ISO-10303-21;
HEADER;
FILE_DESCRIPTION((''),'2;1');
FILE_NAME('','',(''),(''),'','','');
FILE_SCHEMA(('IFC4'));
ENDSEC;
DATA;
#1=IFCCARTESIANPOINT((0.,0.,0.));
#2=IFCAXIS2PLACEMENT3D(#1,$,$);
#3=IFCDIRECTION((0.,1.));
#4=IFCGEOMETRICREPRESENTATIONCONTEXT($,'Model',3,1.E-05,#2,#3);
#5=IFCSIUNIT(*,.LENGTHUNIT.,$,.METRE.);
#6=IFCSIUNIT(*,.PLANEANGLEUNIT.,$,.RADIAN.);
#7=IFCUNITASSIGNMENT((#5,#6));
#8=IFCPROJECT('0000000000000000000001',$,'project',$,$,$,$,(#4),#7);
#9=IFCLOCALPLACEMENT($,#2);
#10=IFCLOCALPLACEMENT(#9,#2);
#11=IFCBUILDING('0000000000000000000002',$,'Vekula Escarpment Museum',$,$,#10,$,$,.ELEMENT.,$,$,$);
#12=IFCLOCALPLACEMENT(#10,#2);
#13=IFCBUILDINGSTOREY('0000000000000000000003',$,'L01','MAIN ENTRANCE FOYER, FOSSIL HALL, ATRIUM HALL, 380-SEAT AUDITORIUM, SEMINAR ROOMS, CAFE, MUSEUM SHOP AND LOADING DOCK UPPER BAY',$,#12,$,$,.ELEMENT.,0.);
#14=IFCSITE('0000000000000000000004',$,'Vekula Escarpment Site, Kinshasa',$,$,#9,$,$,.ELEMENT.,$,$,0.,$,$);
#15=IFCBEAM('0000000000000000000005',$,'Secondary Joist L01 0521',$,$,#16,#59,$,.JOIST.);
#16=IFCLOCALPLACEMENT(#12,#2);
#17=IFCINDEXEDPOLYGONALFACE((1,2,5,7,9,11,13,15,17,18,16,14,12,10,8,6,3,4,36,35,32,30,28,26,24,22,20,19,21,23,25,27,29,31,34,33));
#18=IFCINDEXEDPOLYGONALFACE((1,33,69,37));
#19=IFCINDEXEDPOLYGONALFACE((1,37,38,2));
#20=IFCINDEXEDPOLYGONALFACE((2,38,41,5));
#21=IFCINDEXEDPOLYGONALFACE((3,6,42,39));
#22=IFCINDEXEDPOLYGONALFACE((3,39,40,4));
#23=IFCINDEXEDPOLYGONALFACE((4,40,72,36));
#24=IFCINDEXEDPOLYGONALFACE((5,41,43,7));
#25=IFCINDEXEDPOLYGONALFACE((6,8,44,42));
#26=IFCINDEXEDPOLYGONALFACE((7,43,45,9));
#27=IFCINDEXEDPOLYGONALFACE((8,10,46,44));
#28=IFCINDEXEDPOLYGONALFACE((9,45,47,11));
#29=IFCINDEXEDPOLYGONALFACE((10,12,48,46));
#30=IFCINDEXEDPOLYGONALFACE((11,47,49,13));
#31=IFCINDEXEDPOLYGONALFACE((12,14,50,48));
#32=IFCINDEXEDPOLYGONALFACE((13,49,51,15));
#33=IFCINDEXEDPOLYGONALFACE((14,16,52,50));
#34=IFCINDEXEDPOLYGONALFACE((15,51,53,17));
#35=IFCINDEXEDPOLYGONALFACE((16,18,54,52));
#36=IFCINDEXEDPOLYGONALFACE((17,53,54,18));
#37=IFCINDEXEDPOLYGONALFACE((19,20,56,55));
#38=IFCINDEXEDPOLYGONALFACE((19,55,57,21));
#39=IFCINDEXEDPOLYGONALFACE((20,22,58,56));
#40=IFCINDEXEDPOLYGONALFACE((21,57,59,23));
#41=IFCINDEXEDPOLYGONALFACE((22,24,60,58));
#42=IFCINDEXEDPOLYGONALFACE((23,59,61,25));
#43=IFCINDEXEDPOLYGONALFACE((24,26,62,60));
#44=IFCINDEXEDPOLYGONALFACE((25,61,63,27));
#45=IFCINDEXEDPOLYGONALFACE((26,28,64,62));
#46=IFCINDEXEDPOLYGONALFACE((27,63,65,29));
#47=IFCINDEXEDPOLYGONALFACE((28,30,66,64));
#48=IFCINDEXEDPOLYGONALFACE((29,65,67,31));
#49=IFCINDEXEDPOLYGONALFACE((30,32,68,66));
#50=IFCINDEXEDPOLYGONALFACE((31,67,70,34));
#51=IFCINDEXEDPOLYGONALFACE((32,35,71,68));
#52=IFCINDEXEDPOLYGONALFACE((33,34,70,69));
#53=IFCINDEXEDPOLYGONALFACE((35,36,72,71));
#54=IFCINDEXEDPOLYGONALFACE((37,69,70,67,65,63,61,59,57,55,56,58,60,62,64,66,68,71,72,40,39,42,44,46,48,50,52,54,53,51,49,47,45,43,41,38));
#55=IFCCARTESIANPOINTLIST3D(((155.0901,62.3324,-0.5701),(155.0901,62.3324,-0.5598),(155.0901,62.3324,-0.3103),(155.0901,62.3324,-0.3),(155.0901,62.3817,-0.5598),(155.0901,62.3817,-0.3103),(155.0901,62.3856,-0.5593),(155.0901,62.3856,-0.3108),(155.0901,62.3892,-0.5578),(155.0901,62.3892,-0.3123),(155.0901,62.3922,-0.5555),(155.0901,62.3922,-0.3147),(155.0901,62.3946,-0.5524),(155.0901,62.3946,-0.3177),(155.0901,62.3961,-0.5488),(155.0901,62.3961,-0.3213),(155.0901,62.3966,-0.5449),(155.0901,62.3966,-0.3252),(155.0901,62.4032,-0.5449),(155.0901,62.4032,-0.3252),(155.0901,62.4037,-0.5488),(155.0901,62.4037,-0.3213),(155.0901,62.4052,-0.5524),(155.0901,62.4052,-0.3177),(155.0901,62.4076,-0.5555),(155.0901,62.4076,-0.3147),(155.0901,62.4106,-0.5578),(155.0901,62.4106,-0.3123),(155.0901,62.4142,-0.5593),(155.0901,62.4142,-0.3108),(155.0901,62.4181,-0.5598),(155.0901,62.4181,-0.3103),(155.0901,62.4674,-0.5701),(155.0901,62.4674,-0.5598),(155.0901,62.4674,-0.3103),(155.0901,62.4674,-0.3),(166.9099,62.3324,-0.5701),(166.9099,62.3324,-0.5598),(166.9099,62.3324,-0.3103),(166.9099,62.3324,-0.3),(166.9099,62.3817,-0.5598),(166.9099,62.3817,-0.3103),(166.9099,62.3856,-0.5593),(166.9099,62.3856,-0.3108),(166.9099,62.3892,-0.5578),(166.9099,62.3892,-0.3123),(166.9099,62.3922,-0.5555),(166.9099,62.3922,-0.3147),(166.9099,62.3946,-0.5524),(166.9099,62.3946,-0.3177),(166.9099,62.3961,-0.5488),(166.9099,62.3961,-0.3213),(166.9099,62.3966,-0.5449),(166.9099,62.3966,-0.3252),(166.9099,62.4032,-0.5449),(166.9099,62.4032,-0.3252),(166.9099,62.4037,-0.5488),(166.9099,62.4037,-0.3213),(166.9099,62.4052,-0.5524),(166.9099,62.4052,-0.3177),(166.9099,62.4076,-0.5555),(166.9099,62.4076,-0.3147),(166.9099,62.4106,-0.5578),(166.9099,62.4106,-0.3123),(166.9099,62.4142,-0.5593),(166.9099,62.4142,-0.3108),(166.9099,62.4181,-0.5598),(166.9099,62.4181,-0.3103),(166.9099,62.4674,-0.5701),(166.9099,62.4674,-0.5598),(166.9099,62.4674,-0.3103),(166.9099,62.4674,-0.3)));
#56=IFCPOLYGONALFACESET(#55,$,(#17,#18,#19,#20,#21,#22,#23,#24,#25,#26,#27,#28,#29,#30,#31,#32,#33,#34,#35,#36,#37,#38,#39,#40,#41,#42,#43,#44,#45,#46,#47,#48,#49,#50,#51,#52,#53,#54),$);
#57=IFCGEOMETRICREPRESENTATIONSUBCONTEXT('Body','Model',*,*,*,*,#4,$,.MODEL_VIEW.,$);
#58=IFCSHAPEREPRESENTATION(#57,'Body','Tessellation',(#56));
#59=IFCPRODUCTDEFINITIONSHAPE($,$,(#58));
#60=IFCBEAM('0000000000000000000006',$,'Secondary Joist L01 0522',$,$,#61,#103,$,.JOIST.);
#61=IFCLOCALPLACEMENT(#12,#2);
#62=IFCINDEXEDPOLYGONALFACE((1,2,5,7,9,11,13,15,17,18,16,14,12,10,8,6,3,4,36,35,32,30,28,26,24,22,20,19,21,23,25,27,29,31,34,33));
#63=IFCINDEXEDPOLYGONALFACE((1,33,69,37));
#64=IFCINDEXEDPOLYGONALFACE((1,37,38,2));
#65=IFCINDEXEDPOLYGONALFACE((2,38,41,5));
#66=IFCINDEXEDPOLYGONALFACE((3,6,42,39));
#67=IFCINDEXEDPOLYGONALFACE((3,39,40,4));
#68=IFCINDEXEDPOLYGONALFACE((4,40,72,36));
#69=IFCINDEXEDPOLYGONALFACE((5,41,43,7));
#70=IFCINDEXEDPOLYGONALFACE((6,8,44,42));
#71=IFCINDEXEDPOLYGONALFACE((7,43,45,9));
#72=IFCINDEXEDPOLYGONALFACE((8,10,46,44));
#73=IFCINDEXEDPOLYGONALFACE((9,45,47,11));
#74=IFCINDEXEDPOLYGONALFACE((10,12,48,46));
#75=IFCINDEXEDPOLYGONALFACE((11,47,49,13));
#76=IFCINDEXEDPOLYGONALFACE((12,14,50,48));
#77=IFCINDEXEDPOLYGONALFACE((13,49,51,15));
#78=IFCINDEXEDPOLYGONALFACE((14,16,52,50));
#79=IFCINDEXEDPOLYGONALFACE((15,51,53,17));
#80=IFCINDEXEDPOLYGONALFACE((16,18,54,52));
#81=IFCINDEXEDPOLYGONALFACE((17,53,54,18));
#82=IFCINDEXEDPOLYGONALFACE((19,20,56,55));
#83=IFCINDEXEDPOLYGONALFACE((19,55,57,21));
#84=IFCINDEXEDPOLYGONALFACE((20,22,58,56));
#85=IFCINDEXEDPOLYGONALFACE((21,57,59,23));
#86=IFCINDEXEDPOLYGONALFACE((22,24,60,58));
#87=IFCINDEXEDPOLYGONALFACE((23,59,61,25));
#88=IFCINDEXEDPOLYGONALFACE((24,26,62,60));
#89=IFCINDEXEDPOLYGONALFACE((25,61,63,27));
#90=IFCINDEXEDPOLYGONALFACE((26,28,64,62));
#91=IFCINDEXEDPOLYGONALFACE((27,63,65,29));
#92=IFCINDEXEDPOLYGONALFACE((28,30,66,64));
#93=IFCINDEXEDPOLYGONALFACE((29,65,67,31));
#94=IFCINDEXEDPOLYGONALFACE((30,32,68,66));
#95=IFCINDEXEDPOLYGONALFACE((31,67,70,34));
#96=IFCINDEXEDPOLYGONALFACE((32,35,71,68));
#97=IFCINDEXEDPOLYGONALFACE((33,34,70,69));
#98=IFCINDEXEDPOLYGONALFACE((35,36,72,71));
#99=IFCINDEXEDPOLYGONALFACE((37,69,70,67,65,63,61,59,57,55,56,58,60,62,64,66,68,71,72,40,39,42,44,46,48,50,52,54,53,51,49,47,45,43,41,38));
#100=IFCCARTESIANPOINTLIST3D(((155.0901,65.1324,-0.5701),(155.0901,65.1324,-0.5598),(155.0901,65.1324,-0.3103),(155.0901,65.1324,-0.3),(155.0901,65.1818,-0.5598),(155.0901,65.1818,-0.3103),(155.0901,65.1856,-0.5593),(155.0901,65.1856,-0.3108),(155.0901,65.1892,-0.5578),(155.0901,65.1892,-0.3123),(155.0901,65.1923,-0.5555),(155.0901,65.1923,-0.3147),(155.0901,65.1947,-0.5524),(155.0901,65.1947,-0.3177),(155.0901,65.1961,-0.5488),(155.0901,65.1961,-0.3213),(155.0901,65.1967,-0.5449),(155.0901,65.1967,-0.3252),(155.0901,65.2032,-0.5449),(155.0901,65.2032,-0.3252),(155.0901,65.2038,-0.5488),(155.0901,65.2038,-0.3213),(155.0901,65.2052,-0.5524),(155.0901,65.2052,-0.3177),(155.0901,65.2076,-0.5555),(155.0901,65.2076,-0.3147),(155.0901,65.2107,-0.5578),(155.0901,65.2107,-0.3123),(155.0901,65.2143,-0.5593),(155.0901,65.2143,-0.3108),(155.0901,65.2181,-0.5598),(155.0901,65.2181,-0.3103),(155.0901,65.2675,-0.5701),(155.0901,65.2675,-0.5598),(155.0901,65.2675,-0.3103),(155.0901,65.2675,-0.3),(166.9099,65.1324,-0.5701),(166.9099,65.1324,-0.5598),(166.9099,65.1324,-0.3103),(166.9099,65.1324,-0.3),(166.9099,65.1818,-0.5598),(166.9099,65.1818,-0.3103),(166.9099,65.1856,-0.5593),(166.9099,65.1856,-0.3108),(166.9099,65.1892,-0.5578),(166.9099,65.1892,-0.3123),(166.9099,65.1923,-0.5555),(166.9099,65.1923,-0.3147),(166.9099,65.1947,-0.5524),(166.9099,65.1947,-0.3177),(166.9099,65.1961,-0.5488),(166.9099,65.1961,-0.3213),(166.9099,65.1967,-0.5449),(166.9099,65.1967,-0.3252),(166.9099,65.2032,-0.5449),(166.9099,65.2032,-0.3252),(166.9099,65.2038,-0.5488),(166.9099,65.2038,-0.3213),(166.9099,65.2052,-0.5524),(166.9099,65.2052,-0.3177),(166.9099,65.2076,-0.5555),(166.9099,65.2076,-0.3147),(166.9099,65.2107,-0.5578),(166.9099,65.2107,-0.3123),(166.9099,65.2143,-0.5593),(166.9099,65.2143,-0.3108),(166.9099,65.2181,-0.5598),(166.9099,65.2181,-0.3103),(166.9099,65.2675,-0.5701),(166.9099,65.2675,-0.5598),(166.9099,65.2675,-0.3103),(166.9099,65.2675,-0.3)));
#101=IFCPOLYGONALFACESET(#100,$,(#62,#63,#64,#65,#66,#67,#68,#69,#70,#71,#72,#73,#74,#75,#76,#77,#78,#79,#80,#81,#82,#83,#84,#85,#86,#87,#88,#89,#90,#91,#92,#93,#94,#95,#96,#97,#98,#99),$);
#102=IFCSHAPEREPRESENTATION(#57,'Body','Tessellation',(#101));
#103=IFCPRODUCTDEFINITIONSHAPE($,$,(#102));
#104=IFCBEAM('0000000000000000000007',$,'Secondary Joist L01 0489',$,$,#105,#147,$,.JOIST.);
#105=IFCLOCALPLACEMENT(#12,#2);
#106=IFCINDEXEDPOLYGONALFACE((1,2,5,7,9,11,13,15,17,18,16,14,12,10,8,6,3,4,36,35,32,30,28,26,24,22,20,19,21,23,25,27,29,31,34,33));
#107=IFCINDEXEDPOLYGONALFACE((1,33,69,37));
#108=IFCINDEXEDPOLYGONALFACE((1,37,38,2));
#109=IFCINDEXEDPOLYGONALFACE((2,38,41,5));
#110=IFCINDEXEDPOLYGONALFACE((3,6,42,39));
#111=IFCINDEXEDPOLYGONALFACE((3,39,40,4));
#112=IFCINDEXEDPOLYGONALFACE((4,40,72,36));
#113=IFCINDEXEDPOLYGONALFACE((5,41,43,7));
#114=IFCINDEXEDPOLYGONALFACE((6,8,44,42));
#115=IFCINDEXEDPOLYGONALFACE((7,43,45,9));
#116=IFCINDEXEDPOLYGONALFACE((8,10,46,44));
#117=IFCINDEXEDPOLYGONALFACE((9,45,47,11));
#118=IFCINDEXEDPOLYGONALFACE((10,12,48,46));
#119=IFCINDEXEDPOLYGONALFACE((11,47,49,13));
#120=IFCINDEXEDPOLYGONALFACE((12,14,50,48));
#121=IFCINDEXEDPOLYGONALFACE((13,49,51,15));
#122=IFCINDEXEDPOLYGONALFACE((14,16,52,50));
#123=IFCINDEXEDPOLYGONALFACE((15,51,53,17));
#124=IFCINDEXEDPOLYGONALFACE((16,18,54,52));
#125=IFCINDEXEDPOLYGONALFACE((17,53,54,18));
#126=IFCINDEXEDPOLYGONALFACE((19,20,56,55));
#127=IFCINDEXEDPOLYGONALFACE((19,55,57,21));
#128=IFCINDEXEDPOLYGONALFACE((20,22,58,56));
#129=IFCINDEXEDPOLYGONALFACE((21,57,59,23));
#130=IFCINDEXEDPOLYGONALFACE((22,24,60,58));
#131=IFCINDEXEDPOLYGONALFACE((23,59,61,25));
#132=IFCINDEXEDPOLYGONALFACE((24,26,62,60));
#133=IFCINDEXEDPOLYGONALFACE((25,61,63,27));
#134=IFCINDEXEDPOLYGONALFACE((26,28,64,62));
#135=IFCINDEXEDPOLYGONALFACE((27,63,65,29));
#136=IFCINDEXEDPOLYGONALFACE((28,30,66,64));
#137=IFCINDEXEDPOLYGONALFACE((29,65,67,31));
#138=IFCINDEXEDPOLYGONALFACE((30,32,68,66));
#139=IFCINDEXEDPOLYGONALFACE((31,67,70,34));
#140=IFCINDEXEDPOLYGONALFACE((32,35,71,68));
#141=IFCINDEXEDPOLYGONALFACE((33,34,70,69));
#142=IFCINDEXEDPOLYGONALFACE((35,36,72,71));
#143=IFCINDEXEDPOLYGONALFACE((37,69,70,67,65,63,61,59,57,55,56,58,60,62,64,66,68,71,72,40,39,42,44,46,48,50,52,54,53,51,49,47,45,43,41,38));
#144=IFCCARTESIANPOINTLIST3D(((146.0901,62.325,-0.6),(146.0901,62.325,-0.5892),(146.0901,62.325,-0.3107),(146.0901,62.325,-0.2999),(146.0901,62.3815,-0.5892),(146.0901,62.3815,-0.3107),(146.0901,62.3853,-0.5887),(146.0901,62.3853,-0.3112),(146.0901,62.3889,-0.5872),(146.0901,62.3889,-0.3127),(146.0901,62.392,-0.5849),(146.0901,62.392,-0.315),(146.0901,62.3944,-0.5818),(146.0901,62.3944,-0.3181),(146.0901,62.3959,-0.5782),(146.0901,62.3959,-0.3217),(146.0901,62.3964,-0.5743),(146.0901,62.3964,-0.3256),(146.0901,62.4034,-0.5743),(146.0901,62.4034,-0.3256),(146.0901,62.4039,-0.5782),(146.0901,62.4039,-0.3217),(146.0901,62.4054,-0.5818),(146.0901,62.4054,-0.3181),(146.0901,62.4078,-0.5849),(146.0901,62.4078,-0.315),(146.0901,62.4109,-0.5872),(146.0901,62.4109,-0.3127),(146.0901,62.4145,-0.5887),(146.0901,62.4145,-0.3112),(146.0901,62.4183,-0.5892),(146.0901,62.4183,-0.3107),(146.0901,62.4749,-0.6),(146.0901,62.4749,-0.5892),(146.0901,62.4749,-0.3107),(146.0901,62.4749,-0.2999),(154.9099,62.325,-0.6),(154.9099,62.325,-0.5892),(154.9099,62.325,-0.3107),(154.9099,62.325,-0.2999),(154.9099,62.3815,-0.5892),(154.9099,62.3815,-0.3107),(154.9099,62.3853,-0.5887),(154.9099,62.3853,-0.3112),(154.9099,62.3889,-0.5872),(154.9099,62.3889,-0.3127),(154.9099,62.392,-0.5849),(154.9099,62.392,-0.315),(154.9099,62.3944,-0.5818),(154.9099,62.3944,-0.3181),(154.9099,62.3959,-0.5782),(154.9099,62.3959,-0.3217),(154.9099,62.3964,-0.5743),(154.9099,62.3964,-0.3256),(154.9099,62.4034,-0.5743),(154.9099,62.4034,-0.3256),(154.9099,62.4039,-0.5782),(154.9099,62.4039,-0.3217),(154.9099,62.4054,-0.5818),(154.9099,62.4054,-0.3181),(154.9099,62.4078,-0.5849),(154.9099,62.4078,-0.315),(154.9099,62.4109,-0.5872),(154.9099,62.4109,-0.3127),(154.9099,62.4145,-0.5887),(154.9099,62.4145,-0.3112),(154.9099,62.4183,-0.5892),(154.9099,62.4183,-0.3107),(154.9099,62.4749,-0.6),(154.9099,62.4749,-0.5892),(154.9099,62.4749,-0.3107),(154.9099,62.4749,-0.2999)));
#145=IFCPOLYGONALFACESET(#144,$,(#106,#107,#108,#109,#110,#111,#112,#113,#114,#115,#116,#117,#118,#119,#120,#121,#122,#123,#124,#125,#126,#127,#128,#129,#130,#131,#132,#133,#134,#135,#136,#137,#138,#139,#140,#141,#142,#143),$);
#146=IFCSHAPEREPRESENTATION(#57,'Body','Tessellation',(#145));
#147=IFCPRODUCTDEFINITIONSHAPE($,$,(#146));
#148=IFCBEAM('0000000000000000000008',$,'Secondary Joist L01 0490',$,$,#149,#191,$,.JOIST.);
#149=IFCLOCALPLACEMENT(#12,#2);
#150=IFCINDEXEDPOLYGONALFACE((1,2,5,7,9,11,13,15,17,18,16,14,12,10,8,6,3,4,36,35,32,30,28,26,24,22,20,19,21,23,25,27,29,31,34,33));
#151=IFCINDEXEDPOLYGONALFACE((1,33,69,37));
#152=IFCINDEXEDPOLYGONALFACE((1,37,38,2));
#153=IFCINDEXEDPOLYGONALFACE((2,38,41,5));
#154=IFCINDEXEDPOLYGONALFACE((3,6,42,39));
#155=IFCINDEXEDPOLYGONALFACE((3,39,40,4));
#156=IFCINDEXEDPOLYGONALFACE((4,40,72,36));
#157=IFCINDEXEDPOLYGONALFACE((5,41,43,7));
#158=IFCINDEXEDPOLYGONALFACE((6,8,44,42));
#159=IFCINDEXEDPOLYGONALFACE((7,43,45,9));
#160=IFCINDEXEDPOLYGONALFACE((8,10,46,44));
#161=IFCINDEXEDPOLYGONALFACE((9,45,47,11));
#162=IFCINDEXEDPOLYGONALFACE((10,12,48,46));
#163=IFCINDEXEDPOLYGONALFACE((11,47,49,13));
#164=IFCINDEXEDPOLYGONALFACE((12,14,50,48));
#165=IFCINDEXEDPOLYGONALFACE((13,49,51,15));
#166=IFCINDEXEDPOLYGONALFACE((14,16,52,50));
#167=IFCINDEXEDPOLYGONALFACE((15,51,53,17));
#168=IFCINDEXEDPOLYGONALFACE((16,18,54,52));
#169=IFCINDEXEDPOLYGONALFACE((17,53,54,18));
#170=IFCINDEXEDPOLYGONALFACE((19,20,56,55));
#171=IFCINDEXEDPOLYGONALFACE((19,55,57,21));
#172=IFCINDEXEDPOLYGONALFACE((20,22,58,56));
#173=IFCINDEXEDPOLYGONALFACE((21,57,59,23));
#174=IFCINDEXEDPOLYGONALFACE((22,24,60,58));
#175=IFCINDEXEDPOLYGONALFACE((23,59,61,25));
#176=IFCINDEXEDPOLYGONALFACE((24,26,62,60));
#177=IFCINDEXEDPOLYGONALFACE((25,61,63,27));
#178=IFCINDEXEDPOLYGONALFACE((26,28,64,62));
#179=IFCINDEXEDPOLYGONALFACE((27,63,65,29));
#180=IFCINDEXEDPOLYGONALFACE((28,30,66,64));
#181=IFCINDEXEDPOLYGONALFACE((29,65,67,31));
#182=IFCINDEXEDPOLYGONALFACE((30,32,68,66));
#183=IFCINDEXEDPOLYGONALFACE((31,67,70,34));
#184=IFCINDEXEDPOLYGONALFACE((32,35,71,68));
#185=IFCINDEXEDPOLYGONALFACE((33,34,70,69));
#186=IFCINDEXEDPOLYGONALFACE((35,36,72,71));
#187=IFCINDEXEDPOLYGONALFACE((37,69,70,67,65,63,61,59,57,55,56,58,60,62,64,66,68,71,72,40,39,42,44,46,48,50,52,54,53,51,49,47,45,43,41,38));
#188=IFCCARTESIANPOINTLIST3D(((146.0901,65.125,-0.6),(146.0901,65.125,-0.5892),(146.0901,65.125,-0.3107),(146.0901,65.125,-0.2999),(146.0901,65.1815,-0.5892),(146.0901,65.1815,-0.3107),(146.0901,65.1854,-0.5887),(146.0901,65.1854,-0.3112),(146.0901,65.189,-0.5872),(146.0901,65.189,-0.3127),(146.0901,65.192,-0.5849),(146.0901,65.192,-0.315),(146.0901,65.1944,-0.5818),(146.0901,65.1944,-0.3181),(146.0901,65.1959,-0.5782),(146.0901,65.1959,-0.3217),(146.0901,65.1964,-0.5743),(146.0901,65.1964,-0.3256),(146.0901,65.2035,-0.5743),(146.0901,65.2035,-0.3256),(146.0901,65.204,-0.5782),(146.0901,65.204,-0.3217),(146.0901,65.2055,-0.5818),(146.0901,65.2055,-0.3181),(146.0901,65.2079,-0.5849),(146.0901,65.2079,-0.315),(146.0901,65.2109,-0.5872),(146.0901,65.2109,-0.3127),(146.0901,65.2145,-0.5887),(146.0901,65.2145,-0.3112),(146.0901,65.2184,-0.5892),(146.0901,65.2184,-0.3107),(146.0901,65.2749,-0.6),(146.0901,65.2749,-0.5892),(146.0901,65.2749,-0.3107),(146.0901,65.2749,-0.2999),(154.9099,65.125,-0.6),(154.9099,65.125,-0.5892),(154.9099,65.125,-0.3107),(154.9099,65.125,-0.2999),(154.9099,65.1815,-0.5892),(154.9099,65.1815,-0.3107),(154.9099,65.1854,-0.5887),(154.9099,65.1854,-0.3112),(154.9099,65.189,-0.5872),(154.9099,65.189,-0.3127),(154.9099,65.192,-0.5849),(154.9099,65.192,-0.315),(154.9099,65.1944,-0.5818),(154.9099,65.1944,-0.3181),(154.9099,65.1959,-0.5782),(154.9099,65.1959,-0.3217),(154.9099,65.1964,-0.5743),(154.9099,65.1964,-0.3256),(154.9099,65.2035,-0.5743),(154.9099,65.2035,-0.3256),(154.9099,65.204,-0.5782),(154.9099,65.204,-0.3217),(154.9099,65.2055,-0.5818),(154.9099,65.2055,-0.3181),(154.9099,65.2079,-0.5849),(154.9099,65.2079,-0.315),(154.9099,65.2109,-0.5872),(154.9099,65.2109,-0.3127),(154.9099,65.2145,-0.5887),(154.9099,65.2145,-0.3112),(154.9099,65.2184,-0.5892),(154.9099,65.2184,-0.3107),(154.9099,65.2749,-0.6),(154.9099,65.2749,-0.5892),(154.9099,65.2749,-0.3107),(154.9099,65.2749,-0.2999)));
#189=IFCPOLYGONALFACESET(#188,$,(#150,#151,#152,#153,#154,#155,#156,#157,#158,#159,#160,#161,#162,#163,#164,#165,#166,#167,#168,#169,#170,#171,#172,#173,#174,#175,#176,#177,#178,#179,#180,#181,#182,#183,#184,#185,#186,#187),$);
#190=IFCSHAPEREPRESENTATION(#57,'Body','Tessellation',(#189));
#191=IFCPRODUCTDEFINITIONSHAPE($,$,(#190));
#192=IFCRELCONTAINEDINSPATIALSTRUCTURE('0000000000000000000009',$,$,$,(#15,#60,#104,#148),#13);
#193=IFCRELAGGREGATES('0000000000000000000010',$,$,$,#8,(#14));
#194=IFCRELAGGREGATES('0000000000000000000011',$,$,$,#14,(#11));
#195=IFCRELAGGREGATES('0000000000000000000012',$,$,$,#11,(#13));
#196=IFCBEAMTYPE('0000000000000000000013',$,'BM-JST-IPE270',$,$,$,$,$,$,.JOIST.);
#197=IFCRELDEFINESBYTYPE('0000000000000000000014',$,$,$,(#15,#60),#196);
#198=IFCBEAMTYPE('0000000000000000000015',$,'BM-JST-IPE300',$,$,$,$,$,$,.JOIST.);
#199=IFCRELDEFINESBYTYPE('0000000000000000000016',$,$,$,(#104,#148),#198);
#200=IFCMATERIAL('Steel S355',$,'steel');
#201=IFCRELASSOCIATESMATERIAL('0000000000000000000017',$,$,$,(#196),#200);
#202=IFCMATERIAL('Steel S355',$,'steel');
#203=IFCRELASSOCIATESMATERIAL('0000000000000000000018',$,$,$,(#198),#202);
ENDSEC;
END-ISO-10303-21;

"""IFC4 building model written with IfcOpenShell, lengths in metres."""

from ifc_helpers import new_model, si_unit, direction, frame, origin, origin_2d, place, context, subcontext, project, spatial, i_section, extrude, material, material_profile, profile_set, type_object, element, save


model = new_model("IFC4")

# Units and contexts
model_context = context("Model", 3, precision=1e-05, world=origin(), true_north=direction((0.0, 1.0)))
body_context = subcontext(model_context, "Body", "Model", "MODEL_VIEW")
ifc_project = project(units=[si_unit("LENGTHUNIT", "METRE"), si_unit("PLANEANGLEUNIT", "RADIAN")], contexts=[model_context])

# Site, building, storey
site_placement = place(None, origin())
site = spatial("IfcSite", under=ifc_project, at=site_placement, Name="Vekula Escarpment Site, Kinshasa", CompositionType="ELEMENT", RefElevation=0.0)
building_placement = place(site_placement, origin())
building = spatial("IfcBuilding", under=site, at=building_placement, Name="Vekula Escarpment Museum", CompositionType="ELEMENT")
storey_placement = place(building_placement, origin())
storey = spatial("IfcBuildingStorey", under=building, at=storey_placement, Name="L01", Description="MAIN ENTRANCE FOYER, FOSSIL HALL, ATRIUM HALL, 380-SEAT AUDITORIUM, SEMINAR ROOMS, CAFE, MUSEUM SHOP AND LOADING DOCK UPPER BAY", CompositionType="ELEMENT", Elevation=0.0)

# Beams
ifc_material_1 = material(Name="Steel S355", Category="steel")
ifc_material_profile_1 = material_profile(ifc_material_1, i_section(OverallWidth=0.135, OverallDepth=0.27, WebThickness=0.0066, FlangeThickness=0.0103, FilletRadius=0.0149, at=origin_2d()), Name="IPE 270")
ifc_profile_set_1 = profile_set([ifc_material_profile_1], Name="Steel S355")
beam_type_1 = type_object("IfcBeamType", Name="BM-JST-IPE270", PredefinedType="JOIST", material=ifc_profile_set_1)
for number, where, z_axis, x_axis, name in (
    (1, (155.0901, 62.3999, -0.4351), (1.0, 0.0, 0.0), (0.0, 1.0, 0.0), "Secondary Joist L01 0521"),
    (2, (155.0901, 65.2, -0.4351), (1.0, 0.0, 0.0), (0.0, 1.0, 0.0), "Secondary Joist L01 0522"),
):
    element("IfcBeam", number, at=place(storey_placement, frame(where, z_axis=z_axis, x_axis=x_axis)), inside=storey, type_object=beam_type_1, Name=name, PredefinedType="JOIST", context=body_context, shape_type="SweptSolid", body=[
        extrude(i_section(OverallWidth=0.135, OverallDepth=0.27, WebThickness=0.0066, FlangeThickness=0.0103, FilletRadius=0.0149, at=origin_2d()), origin(), (0.0, 0.0, 1.0), 11.8198),
    ])
ifc_material_2 = material(Name="Steel S355", Category="steel")
ifc_material_profile_2 = material_profile(ifc_material_2, i_section(OverallWidth=0.1499, OverallDepth=0.3, WebThickness=0.0071, FlangeThickness=0.0107, FilletRadius=0.0149, at=origin_2d()), Name="IPE 300")
ifc_profile_set_2 = profile_set([ifc_material_profile_2], Name="Steel S355")
beam_type_2 = type_object("IfcBeamType", Name="BM-JST-IPE300", PredefinedType="JOIST", material=ifc_profile_set_2)
for number, where, z_axis, x_axis, name in (
    (3, (146.0901, 62.3999, -0.45), (1.0, 0.0, 0.0), (0.0, 1.0, 0.0), "Secondary Joist L01 0489"),
    (4, (146.0901, 65.2, -0.45), (1.0, 0.0, 0.0), (0.0, 1.0, 0.0), "Secondary Joist L01 0490"),
):
    element("IfcBeam", number, at=place(storey_placement, frame(where, z_axis=z_axis, x_axis=x_axis)), inside=storey, type_object=beam_type_2, Name=name, PredefinedType="JOIST", context=body_context, shape_type="SweptSolid", body=[
        extrude(i_section(OverallWidth=0.1499, OverallDepth=0.3, WebThickness=0.0071, FlangeThickness=0.0107, FilletRadius=0.0149, at=origin_2d()), origin(), (0.0, 0.0, 1.0), 8.8198),
    ])

save(model, "model.ifc")
